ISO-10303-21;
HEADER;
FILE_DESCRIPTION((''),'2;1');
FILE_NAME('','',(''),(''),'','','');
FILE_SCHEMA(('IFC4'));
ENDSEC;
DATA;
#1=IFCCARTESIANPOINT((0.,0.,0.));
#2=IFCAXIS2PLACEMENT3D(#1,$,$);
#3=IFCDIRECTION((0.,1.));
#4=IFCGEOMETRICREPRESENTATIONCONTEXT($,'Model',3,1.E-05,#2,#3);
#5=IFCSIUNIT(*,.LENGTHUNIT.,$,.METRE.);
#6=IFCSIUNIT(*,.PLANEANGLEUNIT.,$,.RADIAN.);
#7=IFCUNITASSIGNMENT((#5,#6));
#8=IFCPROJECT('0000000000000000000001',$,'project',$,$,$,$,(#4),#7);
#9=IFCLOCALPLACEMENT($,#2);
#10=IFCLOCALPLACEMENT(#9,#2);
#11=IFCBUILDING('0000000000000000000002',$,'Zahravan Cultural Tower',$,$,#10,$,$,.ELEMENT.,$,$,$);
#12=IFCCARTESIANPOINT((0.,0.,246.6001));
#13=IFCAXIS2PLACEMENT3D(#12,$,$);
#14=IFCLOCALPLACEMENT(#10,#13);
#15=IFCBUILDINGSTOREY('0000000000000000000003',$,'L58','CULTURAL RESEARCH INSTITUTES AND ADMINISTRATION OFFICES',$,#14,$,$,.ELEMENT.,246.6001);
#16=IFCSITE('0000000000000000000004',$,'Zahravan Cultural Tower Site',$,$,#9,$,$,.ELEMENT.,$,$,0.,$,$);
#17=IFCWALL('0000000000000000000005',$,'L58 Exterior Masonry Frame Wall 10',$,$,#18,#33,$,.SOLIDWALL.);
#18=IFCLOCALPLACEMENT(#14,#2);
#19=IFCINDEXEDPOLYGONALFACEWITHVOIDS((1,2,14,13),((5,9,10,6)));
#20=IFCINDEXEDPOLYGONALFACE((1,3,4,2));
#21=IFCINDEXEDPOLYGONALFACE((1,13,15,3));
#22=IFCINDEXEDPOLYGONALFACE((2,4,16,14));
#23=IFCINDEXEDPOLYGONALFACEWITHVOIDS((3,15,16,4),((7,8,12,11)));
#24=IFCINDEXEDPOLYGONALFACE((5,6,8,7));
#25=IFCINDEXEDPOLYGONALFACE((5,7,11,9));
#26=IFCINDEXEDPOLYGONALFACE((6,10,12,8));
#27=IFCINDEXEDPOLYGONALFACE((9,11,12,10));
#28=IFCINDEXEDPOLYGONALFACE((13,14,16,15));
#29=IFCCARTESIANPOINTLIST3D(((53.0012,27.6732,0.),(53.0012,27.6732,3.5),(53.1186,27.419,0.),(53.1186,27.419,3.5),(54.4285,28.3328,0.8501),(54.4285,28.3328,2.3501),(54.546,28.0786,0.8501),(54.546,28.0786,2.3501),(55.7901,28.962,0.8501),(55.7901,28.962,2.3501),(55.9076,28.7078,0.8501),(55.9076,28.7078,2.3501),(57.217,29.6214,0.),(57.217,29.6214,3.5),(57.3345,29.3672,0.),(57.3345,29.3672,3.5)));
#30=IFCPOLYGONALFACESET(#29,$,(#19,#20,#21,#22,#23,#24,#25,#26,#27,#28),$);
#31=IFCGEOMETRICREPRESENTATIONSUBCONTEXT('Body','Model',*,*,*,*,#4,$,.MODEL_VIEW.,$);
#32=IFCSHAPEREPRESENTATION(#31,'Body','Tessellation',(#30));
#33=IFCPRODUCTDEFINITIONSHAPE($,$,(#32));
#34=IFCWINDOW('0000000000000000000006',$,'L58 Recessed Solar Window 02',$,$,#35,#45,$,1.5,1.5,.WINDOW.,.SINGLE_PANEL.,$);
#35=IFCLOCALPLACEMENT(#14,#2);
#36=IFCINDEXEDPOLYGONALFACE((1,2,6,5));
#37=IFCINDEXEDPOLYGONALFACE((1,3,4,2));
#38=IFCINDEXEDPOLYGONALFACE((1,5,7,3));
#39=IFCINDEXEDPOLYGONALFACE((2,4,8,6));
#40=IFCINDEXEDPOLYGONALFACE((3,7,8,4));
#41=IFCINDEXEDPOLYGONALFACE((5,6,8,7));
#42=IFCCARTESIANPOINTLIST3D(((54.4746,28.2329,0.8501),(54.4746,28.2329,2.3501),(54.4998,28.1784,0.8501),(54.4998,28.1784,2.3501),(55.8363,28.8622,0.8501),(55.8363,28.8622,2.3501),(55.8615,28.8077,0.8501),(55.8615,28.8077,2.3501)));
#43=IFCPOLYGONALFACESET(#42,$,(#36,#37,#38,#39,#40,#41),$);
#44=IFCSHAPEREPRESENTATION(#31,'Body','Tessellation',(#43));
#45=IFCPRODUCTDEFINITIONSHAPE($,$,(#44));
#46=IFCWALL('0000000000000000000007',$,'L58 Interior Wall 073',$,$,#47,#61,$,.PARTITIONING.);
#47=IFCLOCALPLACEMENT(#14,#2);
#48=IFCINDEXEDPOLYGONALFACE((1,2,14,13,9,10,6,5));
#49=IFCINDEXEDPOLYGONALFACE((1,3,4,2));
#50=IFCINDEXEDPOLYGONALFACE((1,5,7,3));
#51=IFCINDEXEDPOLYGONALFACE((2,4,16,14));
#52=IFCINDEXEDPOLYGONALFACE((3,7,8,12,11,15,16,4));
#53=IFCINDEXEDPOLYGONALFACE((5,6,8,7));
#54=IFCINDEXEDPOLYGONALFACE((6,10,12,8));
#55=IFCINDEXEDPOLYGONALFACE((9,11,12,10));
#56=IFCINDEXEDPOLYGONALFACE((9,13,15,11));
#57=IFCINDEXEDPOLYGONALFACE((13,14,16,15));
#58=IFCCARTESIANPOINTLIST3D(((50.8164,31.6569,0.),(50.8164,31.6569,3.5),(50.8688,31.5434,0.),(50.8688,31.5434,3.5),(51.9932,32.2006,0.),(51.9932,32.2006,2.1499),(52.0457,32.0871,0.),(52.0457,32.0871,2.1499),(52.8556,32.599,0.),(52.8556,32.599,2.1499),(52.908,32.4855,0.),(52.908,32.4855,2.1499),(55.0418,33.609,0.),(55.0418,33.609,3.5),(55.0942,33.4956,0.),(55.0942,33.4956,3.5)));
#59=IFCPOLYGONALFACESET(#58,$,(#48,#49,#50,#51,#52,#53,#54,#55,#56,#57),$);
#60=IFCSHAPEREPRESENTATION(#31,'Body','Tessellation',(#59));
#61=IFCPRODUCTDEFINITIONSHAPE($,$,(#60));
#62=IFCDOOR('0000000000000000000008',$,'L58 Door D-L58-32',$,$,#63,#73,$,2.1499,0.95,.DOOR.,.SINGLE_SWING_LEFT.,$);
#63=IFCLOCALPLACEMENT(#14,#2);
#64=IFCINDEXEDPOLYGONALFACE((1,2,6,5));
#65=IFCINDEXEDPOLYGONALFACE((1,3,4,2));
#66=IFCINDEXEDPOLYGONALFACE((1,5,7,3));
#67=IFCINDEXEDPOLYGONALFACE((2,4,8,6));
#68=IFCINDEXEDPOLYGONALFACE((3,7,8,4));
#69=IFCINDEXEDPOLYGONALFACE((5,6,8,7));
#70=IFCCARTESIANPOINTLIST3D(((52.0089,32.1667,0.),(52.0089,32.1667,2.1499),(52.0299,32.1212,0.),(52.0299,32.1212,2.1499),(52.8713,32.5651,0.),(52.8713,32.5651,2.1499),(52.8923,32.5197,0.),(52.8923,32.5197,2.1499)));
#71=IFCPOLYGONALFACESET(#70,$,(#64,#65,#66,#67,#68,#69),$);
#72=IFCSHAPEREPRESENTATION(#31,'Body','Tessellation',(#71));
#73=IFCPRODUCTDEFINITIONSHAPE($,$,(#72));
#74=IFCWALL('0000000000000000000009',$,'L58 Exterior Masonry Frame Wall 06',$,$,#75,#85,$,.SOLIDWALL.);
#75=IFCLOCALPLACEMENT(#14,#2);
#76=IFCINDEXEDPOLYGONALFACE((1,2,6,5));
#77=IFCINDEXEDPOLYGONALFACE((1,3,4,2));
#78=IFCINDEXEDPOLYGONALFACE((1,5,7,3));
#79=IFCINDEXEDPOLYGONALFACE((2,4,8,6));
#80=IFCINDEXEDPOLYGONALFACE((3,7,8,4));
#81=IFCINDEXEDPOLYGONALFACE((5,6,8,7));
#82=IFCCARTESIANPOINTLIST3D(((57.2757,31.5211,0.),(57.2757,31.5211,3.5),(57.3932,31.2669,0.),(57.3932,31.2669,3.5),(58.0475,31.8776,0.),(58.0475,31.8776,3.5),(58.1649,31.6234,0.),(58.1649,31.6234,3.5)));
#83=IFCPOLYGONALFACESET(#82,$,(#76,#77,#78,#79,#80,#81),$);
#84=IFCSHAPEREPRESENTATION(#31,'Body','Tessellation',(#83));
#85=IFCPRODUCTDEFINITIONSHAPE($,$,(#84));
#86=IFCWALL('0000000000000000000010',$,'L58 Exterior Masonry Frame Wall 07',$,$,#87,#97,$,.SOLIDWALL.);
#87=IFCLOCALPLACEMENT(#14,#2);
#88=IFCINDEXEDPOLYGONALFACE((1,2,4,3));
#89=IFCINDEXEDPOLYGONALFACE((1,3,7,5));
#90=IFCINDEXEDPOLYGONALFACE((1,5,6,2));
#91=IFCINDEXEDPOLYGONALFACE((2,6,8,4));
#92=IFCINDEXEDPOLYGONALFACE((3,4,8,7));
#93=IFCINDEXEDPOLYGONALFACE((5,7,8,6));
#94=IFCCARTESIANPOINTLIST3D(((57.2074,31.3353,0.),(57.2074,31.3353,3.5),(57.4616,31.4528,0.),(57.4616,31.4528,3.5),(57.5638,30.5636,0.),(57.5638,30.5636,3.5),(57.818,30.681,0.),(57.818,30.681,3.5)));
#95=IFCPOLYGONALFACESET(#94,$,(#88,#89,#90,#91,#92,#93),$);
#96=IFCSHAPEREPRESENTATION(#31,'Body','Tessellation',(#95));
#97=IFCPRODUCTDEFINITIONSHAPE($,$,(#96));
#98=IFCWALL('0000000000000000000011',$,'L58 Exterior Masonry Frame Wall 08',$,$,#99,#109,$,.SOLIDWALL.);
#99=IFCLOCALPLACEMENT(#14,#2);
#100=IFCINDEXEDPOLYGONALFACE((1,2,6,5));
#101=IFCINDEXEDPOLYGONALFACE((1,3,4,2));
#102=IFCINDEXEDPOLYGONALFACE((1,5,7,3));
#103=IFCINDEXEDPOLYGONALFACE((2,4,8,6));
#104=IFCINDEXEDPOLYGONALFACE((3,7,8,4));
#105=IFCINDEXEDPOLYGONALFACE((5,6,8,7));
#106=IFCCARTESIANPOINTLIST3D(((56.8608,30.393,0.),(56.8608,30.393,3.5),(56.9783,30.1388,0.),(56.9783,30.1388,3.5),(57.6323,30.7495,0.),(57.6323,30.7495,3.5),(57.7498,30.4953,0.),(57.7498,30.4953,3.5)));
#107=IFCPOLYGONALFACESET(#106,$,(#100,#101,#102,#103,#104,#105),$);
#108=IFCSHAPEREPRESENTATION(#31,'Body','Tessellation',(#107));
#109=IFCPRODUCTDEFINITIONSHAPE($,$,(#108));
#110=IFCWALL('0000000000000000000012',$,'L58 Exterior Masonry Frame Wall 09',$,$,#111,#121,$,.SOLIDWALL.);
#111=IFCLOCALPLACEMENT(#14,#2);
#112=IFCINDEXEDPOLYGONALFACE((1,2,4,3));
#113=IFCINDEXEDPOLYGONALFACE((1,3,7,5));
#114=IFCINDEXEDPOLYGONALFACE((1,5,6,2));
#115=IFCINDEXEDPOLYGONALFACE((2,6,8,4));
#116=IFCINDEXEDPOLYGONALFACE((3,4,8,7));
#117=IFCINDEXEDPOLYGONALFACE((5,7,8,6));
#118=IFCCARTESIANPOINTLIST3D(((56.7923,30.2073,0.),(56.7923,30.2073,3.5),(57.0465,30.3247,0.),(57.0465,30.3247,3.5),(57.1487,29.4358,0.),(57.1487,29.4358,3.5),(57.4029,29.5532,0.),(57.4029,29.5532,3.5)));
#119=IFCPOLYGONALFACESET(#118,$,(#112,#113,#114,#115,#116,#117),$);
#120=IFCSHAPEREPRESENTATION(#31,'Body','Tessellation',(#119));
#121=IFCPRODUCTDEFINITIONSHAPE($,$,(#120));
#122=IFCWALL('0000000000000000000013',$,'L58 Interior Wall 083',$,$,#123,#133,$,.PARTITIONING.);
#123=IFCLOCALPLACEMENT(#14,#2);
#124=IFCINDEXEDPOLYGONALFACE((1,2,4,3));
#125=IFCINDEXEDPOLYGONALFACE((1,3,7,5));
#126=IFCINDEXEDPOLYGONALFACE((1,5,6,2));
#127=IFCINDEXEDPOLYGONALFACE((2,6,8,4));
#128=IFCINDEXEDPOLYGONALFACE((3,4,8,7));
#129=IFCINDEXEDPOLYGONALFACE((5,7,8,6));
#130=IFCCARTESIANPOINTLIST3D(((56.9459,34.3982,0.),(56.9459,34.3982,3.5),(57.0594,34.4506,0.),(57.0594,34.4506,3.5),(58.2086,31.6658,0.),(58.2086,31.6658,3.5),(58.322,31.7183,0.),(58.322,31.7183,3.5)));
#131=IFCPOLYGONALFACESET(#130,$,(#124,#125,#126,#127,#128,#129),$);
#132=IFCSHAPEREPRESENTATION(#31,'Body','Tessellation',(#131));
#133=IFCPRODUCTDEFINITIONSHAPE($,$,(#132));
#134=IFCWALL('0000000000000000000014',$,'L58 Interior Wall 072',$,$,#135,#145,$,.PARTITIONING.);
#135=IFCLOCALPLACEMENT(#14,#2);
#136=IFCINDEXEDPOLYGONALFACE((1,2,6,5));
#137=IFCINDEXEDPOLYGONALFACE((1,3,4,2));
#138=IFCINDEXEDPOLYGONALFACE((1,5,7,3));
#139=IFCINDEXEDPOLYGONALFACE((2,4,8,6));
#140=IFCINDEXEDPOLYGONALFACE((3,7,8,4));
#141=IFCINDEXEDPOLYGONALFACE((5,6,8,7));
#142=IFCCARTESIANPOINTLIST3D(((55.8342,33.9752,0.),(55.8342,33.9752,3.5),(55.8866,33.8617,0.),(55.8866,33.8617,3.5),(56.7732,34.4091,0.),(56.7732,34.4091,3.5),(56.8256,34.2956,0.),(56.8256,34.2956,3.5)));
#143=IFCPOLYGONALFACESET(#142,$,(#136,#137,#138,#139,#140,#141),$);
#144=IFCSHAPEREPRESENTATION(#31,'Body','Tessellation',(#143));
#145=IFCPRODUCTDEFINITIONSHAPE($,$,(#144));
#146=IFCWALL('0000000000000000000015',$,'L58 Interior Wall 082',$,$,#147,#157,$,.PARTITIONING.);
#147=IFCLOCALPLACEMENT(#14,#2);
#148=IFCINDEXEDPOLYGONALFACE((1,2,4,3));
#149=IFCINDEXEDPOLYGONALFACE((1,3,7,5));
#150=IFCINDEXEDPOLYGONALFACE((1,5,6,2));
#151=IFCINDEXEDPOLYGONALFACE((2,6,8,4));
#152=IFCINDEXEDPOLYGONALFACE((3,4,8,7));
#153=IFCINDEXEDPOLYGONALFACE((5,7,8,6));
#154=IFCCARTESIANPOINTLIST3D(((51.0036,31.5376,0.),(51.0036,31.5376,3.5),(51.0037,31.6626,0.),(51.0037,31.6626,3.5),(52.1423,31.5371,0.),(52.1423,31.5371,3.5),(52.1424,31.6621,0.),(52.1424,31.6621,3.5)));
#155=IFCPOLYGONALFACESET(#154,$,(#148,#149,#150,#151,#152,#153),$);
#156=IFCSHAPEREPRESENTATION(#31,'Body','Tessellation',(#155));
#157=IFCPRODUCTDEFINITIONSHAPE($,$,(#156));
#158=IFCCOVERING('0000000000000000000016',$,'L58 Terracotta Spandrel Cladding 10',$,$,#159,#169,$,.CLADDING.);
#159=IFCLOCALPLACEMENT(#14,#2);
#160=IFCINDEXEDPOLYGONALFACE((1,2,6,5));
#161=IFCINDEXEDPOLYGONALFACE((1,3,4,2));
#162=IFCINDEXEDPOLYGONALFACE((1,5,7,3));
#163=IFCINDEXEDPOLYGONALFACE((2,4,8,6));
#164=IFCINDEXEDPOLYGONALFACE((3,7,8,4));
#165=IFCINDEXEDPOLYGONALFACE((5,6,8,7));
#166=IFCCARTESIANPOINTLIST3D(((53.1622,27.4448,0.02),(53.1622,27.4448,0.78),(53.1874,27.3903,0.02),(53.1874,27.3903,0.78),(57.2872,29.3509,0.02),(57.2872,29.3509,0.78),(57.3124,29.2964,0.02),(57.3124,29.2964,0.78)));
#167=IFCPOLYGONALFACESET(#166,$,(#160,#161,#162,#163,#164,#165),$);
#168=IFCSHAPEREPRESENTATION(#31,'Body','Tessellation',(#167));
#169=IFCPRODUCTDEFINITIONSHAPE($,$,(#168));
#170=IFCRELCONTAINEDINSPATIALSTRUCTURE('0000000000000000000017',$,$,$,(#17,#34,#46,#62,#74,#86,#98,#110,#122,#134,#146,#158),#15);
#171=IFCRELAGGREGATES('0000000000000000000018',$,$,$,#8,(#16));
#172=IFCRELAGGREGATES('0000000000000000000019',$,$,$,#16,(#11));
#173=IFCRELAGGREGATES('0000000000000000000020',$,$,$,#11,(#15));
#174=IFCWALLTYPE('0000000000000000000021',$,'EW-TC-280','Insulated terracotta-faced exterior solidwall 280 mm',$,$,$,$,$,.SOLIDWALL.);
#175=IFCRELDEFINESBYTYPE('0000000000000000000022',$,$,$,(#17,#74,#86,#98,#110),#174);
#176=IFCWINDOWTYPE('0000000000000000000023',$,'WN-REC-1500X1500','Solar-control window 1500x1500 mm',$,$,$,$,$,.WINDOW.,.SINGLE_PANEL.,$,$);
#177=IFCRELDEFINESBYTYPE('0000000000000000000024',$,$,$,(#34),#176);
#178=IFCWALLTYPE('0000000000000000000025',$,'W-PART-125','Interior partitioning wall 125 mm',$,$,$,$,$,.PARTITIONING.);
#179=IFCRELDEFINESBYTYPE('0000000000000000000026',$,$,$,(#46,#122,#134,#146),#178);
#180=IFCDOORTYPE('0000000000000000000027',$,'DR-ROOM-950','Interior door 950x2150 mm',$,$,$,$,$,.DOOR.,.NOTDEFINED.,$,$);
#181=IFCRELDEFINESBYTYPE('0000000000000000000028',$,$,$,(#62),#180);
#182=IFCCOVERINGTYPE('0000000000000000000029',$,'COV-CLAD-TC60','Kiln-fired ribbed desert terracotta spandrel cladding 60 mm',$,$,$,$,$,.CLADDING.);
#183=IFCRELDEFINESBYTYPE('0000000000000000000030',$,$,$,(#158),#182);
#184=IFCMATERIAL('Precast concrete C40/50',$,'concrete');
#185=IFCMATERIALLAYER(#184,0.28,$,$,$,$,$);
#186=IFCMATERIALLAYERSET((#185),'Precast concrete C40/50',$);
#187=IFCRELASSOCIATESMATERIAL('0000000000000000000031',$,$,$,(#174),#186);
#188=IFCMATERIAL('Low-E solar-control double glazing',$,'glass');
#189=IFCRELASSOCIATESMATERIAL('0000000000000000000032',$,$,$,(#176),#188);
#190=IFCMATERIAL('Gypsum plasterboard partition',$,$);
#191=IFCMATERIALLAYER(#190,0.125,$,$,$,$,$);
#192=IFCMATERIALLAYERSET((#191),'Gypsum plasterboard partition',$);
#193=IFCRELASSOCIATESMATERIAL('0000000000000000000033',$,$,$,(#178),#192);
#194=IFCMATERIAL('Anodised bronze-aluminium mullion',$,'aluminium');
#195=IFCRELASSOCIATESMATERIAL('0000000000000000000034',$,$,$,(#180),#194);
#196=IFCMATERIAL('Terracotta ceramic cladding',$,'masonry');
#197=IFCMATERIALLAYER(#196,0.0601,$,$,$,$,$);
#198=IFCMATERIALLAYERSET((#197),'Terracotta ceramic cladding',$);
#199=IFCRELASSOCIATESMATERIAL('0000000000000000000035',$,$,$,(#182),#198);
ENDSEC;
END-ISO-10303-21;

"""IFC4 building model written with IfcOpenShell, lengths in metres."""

from ifc_helpers import new_model, si_unit, direction, frame, frame_2d, origin, origin_2d, place, context, subcontext, project, spatial, rectangle, extrude, source, transform, mapped, material, layer, layer_set, type_object, element, fill, save


model = new_model("IFC4")

# Units and contexts
model_context = context("Model", 3, precision=1e-05, world=origin(), true_north=direction((0.0, 1.0)))
body_context = subcontext(model_context, "Body", "Model", "MODEL_VIEW")
ifc_project = project(units=[si_unit("LENGTHUNIT", "METRE"), si_unit("PLANEANGLEUNIT", "RADIAN")], contexts=[model_context])

# Site, building, storey
site_placement = place(None, origin())
site = spatial("IfcSite", under=ifc_project, at=site_placement, Name="Zahravan Cultural Tower Site", CompositionType="ELEMENT", RefElevation=0.0)
building_placement = place(site_placement, origin())
building = spatial("IfcBuilding", under=site, at=building_placement, Name="Zahravan Cultural Tower", CompositionType="ELEMENT")
storey_placement = place(building_placement, frame((0.0, 0.0, 246.6001)))
storey = spatial("IfcBuildingStorey", under=building, at=storey_placement, Name="L58", Description="CULTURAL RESEARCH INSTITUTES AND ADMINISTRATION OFFICES", CompositionType="ELEMENT", Elevation=246.6001)

# Shared definitions
ifc_material_1 = material(Name="Anodised bronze-aluminium mullion", Category="aluminium")
ifc_material_2 = material(Name="Low-E solar-control double glazing", Category="glass")

# Wall, opening, window
ifc_material_3 = material(Name="Precast concrete C40/50", Category="concrete")
ifc_layer_1 = layer(ifc_material_3, 0.28)
ifc_layer_set_1 = layer_set([ifc_layer_1], Name="Precast concrete C40/50")
wall_type_1 = type_object("IfcWallType", Name="EW-TC-280", Description="Insulated terracotta-faced exterior solidwall 280 mm", PredefinedType="SOLIDWALL", material=ifc_layer_set_1)
wall_1_placement = place(storey_placement, frame((57.2759, 29.4944, 0.0), z_axis=(0.0, 0.0, 1.0), x_axis=(-0.907756, -0.419498, 0.0)))
wall_1 = element("IfcWall", 1, at=wall_1_placement, inside=storey, type_object=wall_type_1, Name="L58 Exterior Masonry Frame Wall 10", PredefinedType="SOLIDWALL", context=body_context, shape_type="SweptSolid", body=[
    extrude(rectangle(XDim=4.6443, YDim=0.28, at=frame_2d((2.3223, 0.0))), origin(), (0.0, 0.0, 1.0), 3.5),
])
opening_1_placement = place(wall_1_placement, frame((1.572, 0.0, 0.8501)))
opening_1 = element("IfcOpeningElement", 2, at=opening_1_placement, cuts=wall_1, PredefinedType="OPENING", context=body_context, shape_type="SweptSolid", body=[
    extrude(rectangle(XDim=1.5, YDim=1.5, at=frame_2d((0.75, 0.75))), frame((0.0, 0.1499, 0.0), z_axis=(0.0, -1.0, 0.0), x_axis=(1.0, 0.0, 0.0)), (0.0, 0.0, 1.0), 0.3),
])
window_type = type_object("IfcWindowType", Name="WN-REC-1500X1500", Description="Solar-control window 1500x1500 mm", PartitioningType="SINGLE_PANEL", PredefinedType="WINDOW", material=ifc_material_2)
shared_shape_1 = source(origin(), body_context, "Body", "SweptSolid", [
    extrude(rectangle(XDim=1.5, YDim=1.5, at=frame_2d((0.75, 0.75))), frame((0.0, 0.03, 0.0), z_axis=(0.0, -1.0, 0.0), x_axis=(1.0, 0.0, 0.0)), (0.0, 0.0, 1.0), 0.0601),
])
window_placement = place(opening_1_placement, origin())
window = element("IfcWindow", 3, at=window_placement, inside=storey, type_object=window_type, Name="L58 Recessed Solar Window 02", OverallHeight=1.5, OverallWidth=1.5, PartitioningType="SINGLE_PANEL", PredefinedType="WINDOW", context=body_context, shape_type="MappedRepresentation", body=[
    mapped(shared_shape_1, transform((0.0, 0.0, 0.0), x_axis=(1.0, 0.0, 0.0), y_axis=(0.0, 1.0, 0.0), z_axis=(0.0, 0.0, 1.0), scale=1.0)),
])
fill(opening_1, window)

# Wall, opening, door
ifc_material_4 = material(Name="Gypsum plasterboard partition")
ifc_layer_2 = layer(ifc_material_4, 0.125)
ifc_layer_set_2 = layer_set([ifc_layer_2], Name="Gypsum plasterboard partition")
wall_type_2 = type_object("IfcWallType", Name="W-PART-125", Description="Interior partitioning wall 125 mm", PredefinedType="PARTITIONING", material=ifc_layer_set_2)
wall_2_placement = place(storey_placement, frame((55.0679, 33.5522, 0.0), z_axis=(0.0, 0.0, 1.0), x_axis=(-0.907797, -0.419411, 0.0)))
wall_2 = element("IfcWall", 4, at=wall_2_placement, inside=storey, type_object=wall_type_2, Name="L58 Interior Wall 073", PredefinedType="PARTITIONING", context=body_context, shape_type="SweptSolid", body=[
    extrude(rectangle(XDim=4.6545, YDim=0.125, at=frame_2d((2.3271, 0.0))), origin(), (0.0, 0.0, 1.0), 3.5),
])
opening_2_placement = place(wall_2_placement, frame((2.408, 0.0, 0.0)))
opening_2 = element("IfcOpeningElement", 5, at=opening_2_placement, cuts=wall_2, PredefinedType="OPENING", context=body_context, shape_type="SweptSolid", body=[
    extrude(rectangle(XDim=0.95, YDim=2.1499, at=frame_2d((0.4751, 1.075))), frame((0.0, 0.0725, 0.0), z_axis=(0.0, -1.0, 0.0), x_axis=(1.0, 0.0, 0.0)), (0.0, 0.0, 1.0), 0.145),
])
door_type = type_object("IfcDoorType", Name="DR-ROOM-950", Description="Interior door 950x2150 mm", OperationType="NOTDEFINED", PredefinedType="DOOR", material=ifc_material_1)
shared_shape_2 = source(origin(), body_context, "Body", "SweptSolid", [
    extrude(rectangle(XDim=0.95, YDim=2.1499, at=frame_2d((0.4751, 1.075))), frame((0.0, 0.0249, 0.0), z_axis=(0.0, -1.0, 0.0), x_axis=(1.0, 0.0, 0.0)), (0.0, 0.0, 1.0), 0.05),
])
door_placement = place(opening_2_placement, origin())
door = element("IfcDoor", 6, at=door_placement, inside=storey, type_object=door_type, Name="L58 Door D-L58-32", OperationType="SINGLE_SWING_LEFT", OverallHeight=2.1499, OverallWidth=0.95, PredefinedType="DOOR", context=body_context, shape_type="MappedRepresentation", body=[
    mapped(shared_shape_2, transform((0.0, 0.0, 0.0), x_axis=(1.0, 0.0, 0.0), y_axis=(0.0, 1.0, 0.0), z_axis=(0.0, 0.0, 1.0), scale=1.0)),
])
fill(opening_2, door)

# Walls
shared_shape_3 = source(origin(), body_context, "Body", "SweptSolid", [
    extrude(rectangle(XDim=0.8501, YDim=0.28, at=frame_2d((0.425, 0.0))), origin(), (0.0, 0.0, 1.0), 3.5),
])
for number, where, z_axis, x_axis, name in (
    (7, (58.1062, 31.7505, 0.0), (0.0, 0.0, 1.0), (-0.907842, -0.419313, 0.0), "L58 Exterior Masonry Frame Wall 06"),
    (8, (57.3345, 31.394, 0.0), (0.0, 0.0, 1.0), (0.419313, -0.907842, 0.0), "L58 Exterior Masonry Frame Wall 07"),
):
    element("IfcWall", number, at=place(storey_placement, frame(where, z_axis=z_axis, x_axis=x_axis)), inside=storey, type_object=wall_type_1, Name=name, PredefinedType="SOLIDWALL", context=body_context, shape_type="MappedRepresentation", body=[
        mapped(shared_shape_3, transform((0.0, 0.0, 0.0), x_axis=(1.0, 0.0, 0.0), y_axis=(0.0, 1.0, 0.0), z_axis=(0.0, 0.0, 1.0), scale=1.0)),
    ])
shared_shape_4 = source(origin(), body_context, "Body", "SweptSolid", [
    extrude(rectangle(XDim=0.8499, YDim=0.28, at=frame_2d((0.4248, 0.0))), origin(), (0.0, 0.0, 1.0), 3.5),
])
for number, where, z_axis, x_axis, name in (
    (9, (57.6909, 30.6223, 0.0), (0.0, 0.0, 1.0), (-0.907791, -0.419422, 0.0), "L58 Exterior Masonry Frame Wall 08"),
    (10, (56.9194, 30.2659, 0.0), (0.0, 0.0, 1.0), (0.419422, -0.907791, 0.0), "L58 Exterior Masonry Frame Wall 09"),
):
    element("IfcWall", number, at=place(storey_placement, frame(where, z_axis=z_axis, x_axis=x_axis)), inside=storey, type_object=wall_type_1, Name=name, PredefinedType="SOLIDWALL", context=body_context, shape_type="MappedRepresentation", body=[
        mapped(shared_shape_4, transform((0.0, 0.0, 0.0), x_axis=(1.0, 0.0, 0.0), y_axis=(0.0, 1.0, 0.0), z_axis=(0.0, 0.0, 1.0), scale=1.0)),
    ])
shared_shape_5 = source(origin(), body_context, "Body", "SweptSolid", [
    extrude(rectangle(XDim=3.01, YDim=0.125, at=frame_2d((1.5049, 0.0))), origin(), (0.0, 0.0, 1.0), 3.5),
])
wall_3_placement = place(storey_placement, frame((57.0027, 34.4243, 0.0), z_axis=(0.0, 0.0, 1.0), x_axis=(0.41949, -0.90776, 0.0)))
element("IfcWall", 11, at=wall_3_placement, inside=storey, type_object=wall_type_2, Name="L58 Interior Wall 083", PredefinedType="PARTITIONING", context=body_context, shape_type="MappedRepresentation", body=[
    mapped(shared_shape_5, transform((0.0, 0.0, 0.0), x_axis=(1.0, 0.0, 0.0), y_axis=(0.0, 1.0, 0.0), z_axis=(0.0, 0.0, 1.0), scale=1.0)),
])
shared_shape_6 = source(origin(), body_context, "Body", "SweptSolid", [
    extrude(rectangle(XDim=1.0344, YDim=0.125, at=frame_2d((0.5171, 0.0))), origin(), (0.0, 0.0, 1.0), 3.5),
])
wall_4_placement = place(storey_placement, frame((56.7993, 34.3523, 0.0), z_axis=(0.0, 0.0, 1.0), x_axis=(-0.907787, -0.419432, 0.0)))
element("IfcWall", 12, at=wall_4_placement, inside=storey, type_object=wall_type_2, Name="L58 Interior Wall 072", PredefinedType="PARTITIONING", context=body_context, shape_type="MappedRepresentation", body=[
    mapped(shared_shape_6, transform((0.0, 0.0, 0.0), x_axis=(1.0, 0.0, 0.0), y_axis=(0.0, 1.0, 0.0), z_axis=(0.0, 0.0, 1.0), scale=1.0)),
])
shared_shape_7 = source(origin(), body_context, "Body", "SweptSolid", [
    extrude(rectangle(XDim=1.1387, YDim=0.125, at=frame_2d((0.5693, 0.0))), origin(), (0.0, 0.0, 1.0), 3.5),
])
wall_5_placement = place(storey_placement, frame((52.1423, 31.5996, 0.0), z_axis=(0.0, 0.0, 1.0), x_axis=(-1.0, 0.000429, 0.0)))
element("IfcWall", 13, at=wall_5_placement, inside=storey, type_object=wall_type_2, Name="L58 Interior Wall 082", PredefinedType="PARTITIONING", context=body_context, shape_type="MappedRepresentation", body=[
    mapped(shared_shape_7, transform((0.0, 0.0, 0.0), x_axis=(1.0, 0.0, 0.0), y_axis=(0.0, 1.0, 0.0), z_axis=(0.0, 0.0, 1.0), scale=1.0)),
])

# Covering
ifc_material_5 = material(Name="Terracotta ceramic cladding", Category="masonry")
ifc_layer_3 = layer(ifc_material_5, 0.0601)
ifc_layer_set_3 = layer_set([ifc_layer_3], Name="Terracotta ceramic cladding")
covering_type = type_object("IfcCoveringType", Name="COV-CLAD-TC60", Description="Kiln-fired ribbed desert terracotta spandrel cladding 60 mm", PredefinedType="CLADDING", material=ifc_layer_set_3)
shared_shape_8 = source(origin(), body_context, "Body", "SweptSolid", [
    extrude(rectangle(XDim=4.5442, YDim=0.0601, at=origin_2d()), origin(), (0.0, 0.0, 1.0), 0.76),
])
covering_placement = place(storey_placement, frame((55.2373, 28.3706, 0.02), z_axis=(0.0, 0.0, 1.0), x_axis=(-0.90777, -0.419468, 0.0)))
element("IfcCovering", 14, at=covering_placement, inside=storey, type_object=covering_type, Name="L58 Terracotta Spandrel Cladding 10", PredefinedType="CLADDING", context=body_context, shape_type="MappedRepresentation", body=[
    mapped(shared_shape_8, transform((0.0, 0.0, 0.0), x_axis=(1.0, 0.0, 0.0), y_axis=(0.0, 1.0, 0.0), z_axis=(0.0, 0.0, 1.0), scale=1.0)),
])

save(model, "model.ifc")
